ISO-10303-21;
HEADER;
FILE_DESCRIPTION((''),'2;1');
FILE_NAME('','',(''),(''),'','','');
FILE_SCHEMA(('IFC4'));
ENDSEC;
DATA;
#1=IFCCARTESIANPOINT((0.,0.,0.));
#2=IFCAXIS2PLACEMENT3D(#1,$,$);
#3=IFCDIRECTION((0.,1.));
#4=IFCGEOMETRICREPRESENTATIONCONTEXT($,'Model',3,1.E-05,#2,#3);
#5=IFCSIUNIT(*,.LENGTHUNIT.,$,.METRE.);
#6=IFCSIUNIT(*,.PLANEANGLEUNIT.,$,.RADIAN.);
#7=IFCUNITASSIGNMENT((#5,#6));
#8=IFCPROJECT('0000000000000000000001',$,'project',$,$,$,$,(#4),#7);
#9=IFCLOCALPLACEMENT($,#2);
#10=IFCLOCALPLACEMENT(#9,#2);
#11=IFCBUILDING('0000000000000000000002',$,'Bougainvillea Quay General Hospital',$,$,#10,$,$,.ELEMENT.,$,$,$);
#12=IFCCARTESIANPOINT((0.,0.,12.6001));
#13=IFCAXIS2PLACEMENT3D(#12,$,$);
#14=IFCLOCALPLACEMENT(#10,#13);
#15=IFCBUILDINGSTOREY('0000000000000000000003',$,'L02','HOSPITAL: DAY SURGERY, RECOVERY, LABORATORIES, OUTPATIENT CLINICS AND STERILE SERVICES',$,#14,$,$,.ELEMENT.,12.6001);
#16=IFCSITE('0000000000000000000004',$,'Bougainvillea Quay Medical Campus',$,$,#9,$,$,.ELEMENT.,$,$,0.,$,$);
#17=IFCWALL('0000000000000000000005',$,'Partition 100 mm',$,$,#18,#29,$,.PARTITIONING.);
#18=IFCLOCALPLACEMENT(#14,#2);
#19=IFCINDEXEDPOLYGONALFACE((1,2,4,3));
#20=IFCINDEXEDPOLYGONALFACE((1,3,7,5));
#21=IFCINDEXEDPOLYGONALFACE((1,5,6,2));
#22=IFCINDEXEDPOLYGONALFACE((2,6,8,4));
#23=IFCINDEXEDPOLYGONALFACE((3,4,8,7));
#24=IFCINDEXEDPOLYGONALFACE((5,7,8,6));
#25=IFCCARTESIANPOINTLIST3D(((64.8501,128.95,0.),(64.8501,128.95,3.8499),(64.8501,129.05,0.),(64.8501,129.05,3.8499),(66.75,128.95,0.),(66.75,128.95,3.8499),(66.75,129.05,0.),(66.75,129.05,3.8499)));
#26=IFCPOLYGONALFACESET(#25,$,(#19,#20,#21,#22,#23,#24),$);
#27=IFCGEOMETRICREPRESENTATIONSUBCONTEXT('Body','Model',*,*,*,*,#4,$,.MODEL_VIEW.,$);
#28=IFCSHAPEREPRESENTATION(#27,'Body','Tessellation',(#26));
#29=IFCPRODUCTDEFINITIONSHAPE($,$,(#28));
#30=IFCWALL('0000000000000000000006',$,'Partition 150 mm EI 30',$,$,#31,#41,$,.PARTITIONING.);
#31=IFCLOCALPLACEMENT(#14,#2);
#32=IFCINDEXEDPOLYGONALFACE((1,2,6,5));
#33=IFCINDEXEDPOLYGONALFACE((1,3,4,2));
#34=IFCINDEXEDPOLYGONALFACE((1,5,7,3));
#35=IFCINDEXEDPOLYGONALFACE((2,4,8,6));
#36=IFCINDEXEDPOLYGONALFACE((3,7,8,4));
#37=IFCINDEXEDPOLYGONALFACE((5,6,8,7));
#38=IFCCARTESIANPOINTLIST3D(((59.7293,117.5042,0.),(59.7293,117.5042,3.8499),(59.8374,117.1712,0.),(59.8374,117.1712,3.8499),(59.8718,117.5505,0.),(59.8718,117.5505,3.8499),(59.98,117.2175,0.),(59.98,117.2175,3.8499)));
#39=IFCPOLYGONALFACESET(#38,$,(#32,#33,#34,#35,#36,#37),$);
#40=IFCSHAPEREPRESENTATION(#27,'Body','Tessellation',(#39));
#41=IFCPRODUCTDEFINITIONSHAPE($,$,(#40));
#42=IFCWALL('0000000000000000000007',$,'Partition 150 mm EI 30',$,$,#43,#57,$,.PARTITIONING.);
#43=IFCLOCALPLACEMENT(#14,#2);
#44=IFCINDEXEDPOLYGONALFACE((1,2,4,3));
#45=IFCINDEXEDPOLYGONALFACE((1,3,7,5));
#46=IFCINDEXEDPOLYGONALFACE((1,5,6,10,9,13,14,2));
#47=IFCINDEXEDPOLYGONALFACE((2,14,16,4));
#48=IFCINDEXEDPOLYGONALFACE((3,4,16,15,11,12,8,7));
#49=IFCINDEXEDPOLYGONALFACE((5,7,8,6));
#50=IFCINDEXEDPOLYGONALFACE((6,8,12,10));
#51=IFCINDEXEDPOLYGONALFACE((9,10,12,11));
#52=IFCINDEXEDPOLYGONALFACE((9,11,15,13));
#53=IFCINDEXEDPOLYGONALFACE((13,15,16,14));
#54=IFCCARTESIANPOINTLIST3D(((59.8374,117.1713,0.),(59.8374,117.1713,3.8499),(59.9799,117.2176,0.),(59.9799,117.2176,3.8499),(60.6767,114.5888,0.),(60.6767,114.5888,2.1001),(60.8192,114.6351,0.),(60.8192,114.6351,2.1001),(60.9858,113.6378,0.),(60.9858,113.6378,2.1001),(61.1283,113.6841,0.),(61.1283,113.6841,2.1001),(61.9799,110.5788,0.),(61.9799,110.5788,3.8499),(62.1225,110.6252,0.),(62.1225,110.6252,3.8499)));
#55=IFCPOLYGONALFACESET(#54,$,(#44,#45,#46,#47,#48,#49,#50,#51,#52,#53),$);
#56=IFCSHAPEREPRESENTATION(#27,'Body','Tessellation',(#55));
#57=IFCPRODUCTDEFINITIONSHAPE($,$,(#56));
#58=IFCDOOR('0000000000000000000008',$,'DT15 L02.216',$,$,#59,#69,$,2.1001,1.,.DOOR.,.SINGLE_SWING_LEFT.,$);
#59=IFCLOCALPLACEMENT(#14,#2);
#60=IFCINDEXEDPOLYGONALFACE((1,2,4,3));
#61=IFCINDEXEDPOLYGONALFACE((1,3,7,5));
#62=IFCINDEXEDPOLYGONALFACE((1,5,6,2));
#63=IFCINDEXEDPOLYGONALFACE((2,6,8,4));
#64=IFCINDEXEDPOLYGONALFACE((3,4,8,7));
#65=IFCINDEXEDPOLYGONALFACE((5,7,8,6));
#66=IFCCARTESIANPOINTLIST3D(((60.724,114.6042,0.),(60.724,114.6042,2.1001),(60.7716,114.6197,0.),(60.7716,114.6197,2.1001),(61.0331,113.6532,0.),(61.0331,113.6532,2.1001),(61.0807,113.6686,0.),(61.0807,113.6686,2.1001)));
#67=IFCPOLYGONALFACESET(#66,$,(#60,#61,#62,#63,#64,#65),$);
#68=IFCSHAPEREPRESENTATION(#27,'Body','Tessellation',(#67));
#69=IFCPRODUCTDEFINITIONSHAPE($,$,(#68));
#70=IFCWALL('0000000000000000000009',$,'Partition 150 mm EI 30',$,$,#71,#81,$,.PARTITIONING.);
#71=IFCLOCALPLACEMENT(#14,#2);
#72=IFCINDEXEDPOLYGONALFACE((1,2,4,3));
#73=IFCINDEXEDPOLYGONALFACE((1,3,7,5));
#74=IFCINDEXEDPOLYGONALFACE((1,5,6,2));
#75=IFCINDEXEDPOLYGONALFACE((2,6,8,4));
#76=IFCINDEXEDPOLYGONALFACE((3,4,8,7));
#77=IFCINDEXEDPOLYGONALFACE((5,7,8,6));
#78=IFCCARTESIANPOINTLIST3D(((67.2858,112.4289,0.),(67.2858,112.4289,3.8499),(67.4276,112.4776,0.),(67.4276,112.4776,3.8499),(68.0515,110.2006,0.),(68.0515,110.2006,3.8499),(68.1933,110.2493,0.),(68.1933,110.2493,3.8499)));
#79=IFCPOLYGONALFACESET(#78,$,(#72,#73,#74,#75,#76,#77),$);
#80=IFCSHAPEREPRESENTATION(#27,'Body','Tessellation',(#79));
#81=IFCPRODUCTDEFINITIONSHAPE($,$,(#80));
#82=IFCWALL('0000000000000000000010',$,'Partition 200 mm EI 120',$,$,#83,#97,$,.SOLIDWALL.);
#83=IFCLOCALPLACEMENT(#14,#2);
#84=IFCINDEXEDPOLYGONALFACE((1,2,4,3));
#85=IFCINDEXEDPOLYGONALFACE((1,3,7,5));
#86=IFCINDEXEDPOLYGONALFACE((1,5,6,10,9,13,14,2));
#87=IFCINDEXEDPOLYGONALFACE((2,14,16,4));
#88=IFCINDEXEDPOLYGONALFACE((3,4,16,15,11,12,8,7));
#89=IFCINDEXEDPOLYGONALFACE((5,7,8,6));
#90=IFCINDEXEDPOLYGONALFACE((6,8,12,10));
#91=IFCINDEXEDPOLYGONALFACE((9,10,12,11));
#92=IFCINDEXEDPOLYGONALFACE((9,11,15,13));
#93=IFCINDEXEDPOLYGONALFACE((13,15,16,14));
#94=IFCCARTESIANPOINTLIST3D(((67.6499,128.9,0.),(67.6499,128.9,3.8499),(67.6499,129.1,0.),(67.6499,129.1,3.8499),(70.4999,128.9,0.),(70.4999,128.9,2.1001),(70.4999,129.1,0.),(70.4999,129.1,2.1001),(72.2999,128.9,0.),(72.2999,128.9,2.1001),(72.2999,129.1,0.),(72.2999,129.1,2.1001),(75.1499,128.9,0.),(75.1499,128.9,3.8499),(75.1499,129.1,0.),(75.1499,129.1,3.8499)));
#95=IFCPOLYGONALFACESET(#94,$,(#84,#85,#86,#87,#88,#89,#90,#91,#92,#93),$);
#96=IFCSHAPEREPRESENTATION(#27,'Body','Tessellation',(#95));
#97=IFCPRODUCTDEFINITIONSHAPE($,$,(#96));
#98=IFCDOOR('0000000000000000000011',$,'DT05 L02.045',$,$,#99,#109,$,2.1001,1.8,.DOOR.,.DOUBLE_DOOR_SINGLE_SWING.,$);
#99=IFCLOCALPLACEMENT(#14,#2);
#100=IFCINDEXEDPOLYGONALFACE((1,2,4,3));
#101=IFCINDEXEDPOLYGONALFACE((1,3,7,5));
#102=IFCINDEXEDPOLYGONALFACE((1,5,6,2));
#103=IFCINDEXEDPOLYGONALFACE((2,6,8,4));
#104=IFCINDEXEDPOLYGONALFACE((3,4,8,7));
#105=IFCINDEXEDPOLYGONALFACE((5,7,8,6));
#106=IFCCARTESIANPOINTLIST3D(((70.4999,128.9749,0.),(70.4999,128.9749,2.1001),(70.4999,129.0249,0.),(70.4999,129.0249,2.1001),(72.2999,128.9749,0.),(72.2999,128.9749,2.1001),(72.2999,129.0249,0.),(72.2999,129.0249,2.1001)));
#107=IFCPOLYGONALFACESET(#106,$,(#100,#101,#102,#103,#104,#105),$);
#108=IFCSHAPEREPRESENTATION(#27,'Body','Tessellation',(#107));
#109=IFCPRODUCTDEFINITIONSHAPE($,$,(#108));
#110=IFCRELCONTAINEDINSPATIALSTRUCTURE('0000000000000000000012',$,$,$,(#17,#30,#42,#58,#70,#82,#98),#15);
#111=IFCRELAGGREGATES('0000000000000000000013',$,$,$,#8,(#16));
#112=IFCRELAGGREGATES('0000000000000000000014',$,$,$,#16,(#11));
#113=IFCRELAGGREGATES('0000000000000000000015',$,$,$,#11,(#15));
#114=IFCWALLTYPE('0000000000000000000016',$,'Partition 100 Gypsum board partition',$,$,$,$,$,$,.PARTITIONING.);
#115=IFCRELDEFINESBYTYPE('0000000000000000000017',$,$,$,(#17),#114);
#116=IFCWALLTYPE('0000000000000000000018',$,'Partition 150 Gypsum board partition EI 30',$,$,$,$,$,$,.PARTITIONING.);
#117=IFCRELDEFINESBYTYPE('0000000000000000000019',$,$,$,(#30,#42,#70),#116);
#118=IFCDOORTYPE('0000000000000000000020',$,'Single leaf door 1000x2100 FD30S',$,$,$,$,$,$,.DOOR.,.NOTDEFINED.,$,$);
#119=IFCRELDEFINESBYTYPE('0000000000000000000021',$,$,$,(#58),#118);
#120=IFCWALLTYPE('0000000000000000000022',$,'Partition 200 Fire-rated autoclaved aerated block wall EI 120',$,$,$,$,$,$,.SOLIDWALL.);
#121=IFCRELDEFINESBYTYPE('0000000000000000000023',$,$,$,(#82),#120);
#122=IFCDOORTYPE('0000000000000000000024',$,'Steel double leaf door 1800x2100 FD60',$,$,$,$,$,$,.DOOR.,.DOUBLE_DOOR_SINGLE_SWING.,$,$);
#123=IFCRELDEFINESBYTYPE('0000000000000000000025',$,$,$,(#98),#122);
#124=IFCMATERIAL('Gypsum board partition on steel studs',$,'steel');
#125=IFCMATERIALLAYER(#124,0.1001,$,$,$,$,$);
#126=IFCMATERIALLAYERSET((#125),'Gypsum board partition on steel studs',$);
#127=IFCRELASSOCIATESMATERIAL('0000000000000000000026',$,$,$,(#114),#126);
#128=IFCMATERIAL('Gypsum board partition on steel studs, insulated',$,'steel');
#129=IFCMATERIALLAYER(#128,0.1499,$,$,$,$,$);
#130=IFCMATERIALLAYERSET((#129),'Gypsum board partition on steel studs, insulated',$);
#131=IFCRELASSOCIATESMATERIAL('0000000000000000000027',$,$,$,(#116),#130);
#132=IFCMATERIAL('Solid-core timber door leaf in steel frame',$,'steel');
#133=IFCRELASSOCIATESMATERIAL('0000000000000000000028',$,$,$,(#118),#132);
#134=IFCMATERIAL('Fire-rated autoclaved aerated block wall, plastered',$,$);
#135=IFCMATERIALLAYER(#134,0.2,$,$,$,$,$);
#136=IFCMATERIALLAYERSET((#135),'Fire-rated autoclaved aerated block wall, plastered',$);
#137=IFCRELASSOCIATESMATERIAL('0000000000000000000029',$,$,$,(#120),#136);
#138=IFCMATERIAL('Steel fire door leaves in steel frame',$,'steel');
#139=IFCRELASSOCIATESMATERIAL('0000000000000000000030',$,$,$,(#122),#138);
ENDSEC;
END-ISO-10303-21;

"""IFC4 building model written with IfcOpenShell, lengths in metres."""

from ifc_helpers import new_model, si_unit, direction, frame, frame_2d, origin, place, context, subcontext, project, spatial, rectangle, extrude, material, layer, layer_set, type_object, element, fill, save


model = new_model("IFC4")

# Units and contexts
model_context = context("Model", 3, precision=1e-05, world=origin(), true_north=direction((0.0, 1.0)))
body_context = subcontext(model_context, "Body", "Model", "MODEL_VIEW")
ifc_project = project(units=[si_unit("LENGTHUNIT", "METRE"), si_unit("PLANEANGLEUNIT", "RADIAN")], contexts=[model_context])

# Site, building, storey
site_placement = place(None, origin())
site = spatial("IfcSite", under=ifc_project, at=site_placement, Name="Bougainvillea Quay Medical Campus", CompositionType="ELEMENT", RefElevation=0.0)
building_placement = place(site_placement, origin())
building = spatial("IfcBuilding", under=site, at=building_placement, Name="Bougainvillea Quay General Hospital", CompositionType="ELEMENT")
storey_placement = place(building_placement, frame((0.0, 0.0, 12.6001)))
storey = spatial("IfcBuildingStorey", under=building, at=storey_placement, Name="L02", Description="HOSPITAL: DAY SURGERY, RECOVERY, LABORATORIES, OUTPATIENT CLINICS AND STERILE SERVICES", CompositionType="ELEMENT", Elevation=12.6001)

# Shared definitions
ifc_material_1 = material(Name="Gypsum board partition on steel studs", Category="steel")
ifc_layer_1 = layer(ifc_material_1, 0.1001)
ifc_layer_set_1 = layer_set([ifc_layer_1], Name="Gypsum board partition on steel studs")
wall_type_1 = type_object("IfcWallType", Name="Partition 100 Gypsum board partition", PredefinedType="PARTITIONING", material=ifc_layer_set_1)

# Shared definitions
ifc_material_2 = material(Name="Solid-core timber door leaf in steel frame", Category="steel")

# Walls
wall_1_placement = place(storey_placement, frame((64.8501, 129.0, 0.0), z_axis=(0.0, 0.0, 1.0), x_axis=(1.0, 0.0, 0.0)))
element("IfcWall", 1, at=wall_1_placement, inside=storey, type_object=wall_type_1, Name="Partition 100 mm", PredefinedType="PARTITIONING", context=body_context, shape_type="SweptSolid", body=[
    extrude(rectangle(XDim=1.8999, YDim=0.1001, at=frame_2d((0.95, 0.0))), origin(), (0.0, 0.0, 1.0), 3.8499),
])
ifc_material_3 = material(Name="Gypsum board partition on steel studs, insulated", Category="steel")
ifc_layer_2 = layer(ifc_material_3, 0.1499)
ifc_layer_set_2 = layer_set([ifc_layer_2], Name="Gypsum board partition on steel studs, insulated")
wall_type_2 = type_object("IfcWallType", Name="Partition 150 Gypsum board partition EI 30", PredefinedType="PARTITIONING", material=ifc_layer_set_2)
wall_2_placement = place(storey_placement, frame((59.8005, 117.5273, 0.0), z_axis=(0.0, 0.0, 1.0), x_axis=(0.308897, -0.951096, 0.0)))
element("IfcWall", 2, at=wall_2_placement, inside=storey, type_object=wall_type_2, Name="Partition 150 mm EI 30", PredefinedType="PARTITIONING", context=body_context, shape_type="SweptSolid", body=[
    extrude(rectangle(XDim=0.3501, YDim=0.1499, at=frame_2d((0.175, 0.0))), origin(), (0.0, 0.0, 1.0), 3.8499),
])

# Wall, opening, door
wall_3_placement = place(storey_placement, frame((59.9087, 117.1943, 0.0), z_axis=(0.0, 0.0, 1.0), x_axis=(0.309087, -0.951034, 0.0)))
wall_3 = element("IfcWall", 3, at=wall_3_placement, inside=storey, type_object=wall_type_2, Name="Partition 150 mm EI 30", PredefinedType="PARTITIONING", context=body_context, shape_type="SweptSolid", body=[
    extrude(rectangle(XDim=6.9319, YDim=0.1499, at=frame_2d((3.4658, 0.0))), origin(), (0.0, 0.0, 1.0), 3.8499),
])
opening_1_placement = place(wall_3_placement, frame((2.7153, 0.0, 0.0)))
opening_1 = element("IfcOpeningElement", 4, at=opening_1_placement, cuts=wall_3, PredefinedType="OPENING", context=body_context, shape_type="SweptSolid", body=[
    extrude(rectangle(XDim=1.0, YDim=2.1001, at=frame_2d((0.5, 1.05))), frame((0.0, 0.085, 0.0), z_axis=(0.0, -1.0, 0.0), x_axis=(1.0, 0.0, 0.0)), (0.0, 0.0, 1.0), 0.1699),
])
door_type_1 = type_object("IfcDoorType", Name="Single leaf door 1000x2100 FD30S", OperationType="NOTDEFINED", PredefinedType="DOOR", material=ifc_material_2)
door_1_placement = place(opening_1_placement, origin())
door_1 = element("IfcDoor", 5, at=door_1_placement, inside=storey, type_object=door_type_1, Name="DT15 L02.216", OperationType="SINGLE_SWING_LEFT", OverallHeight=2.1001, OverallWidth=1.0, PredefinedType="DOOR", context=body_context, shape_type="SweptSolid", body=[
    extrude(rectangle(XDim=1.0, YDim=2.1001, at=frame_2d((0.5, 1.05))), frame((0.0, 0.0249, 0.0), z_axis=(0.0, -1.0, 0.0), x_axis=(1.0, 0.0, 0.0)), (0.0, 0.0, 1.0), 0.05),
])
fill(opening_1, door_1)

# Wall
wall_4_placement = place(storey_placement, frame((67.3567, 112.4534, 0.0), z_axis=(0.0, 0.0, 1.0), x_axis=(0.324949, -0.945731, 0.0)))
element("IfcWall", 6, at=wall_4_placement, inside=storey, type_object=wall_type_2, Name="Partition 150 mm EI 30", PredefinedType="PARTITIONING", context=body_context, shape_type="SweptSolid", body=[
    extrude(rectangle(XDim=2.3562, YDim=0.1499, at=frame_2d((1.1782, 0.0))), origin(), (0.0, 0.0, 1.0), 3.8499),
])

# Wall, opening, door
ifc_material_4 = material(Name="Fire-rated autoclaved aerated block wall, plastered")
ifc_layer_3 = layer(ifc_material_4, 0.2)
ifc_layer_set_3 = layer_set([ifc_layer_3], Name="Fire-rated autoclaved aerated block wall, plastered")
wall_type_3 = type_object("IfcWallType", Name="Partition 200 Fire-rated autoclaved aerated block wall EI 120", PredefinedType="SOLIDWALL", material=ifc_layer_set_3)
wall_5_placement = place(storey_placement, frame((67.6499, 129.0, 0.0), z_axis=(0.0, 0.0, 1.0), x_axis=(1.0, 0.0, 0.0)))
wall_5 = element("IfcWall", 7, at=wall_5_placement, inside=storey, type_object=wall_type_3, Name="Partition 200 mm EI 120", PredefinedType="SOLIDWALL", context=body_context, shape_type="SweptSolid", body=[
    extrude(rectangle(XDim=7.5, YDim=0.2, at=frame_2d((3.75, 0.0))), origin(), (0.0, 0.0, 1.0), 3.8499),
])
opening_2_placement = place(wall_5_placement, frame((2.8501, 0.0, 0.0)))
opening_2 = element("IfcOpeningElement", 8, at=opening_2_placement, cuts=wall_5, PredefinedType="OPENING", context=body_context, shape_type="SweptSolid", body=[
    extrude(rectangle(XDim=1.8, YDim=2.1001, at=frame_2d((0.8999, 1.05))), frame((0.0, 0.1099, 0.0), z_axis=(0.0, -1.0, 0.0), x_axis=(1.0, 0.0, 0.0)), (0.0, 0.0, 1.0), 0.22),
])
ifc_material_5 = material(Name="Steel fire door leaves in steel frame", Category="steel")
door_type_2 = type_object("IfcDoorType", Name="Steel double leaf door 1800x2100 FD60", OperationType="DOUBLE_DOOR_SINGLE_SWING", PredefinedType="DOOR", material=ifc_material_5)
door_2_placement = place(opening_2_placement, origin())
door_2 = element("IfcDoor", 9, at=door_2_placement, inside=storey, type_object=door_type_2, Name="DT05 L02.045", OperationType="DOUBLE_DOOR_SINGLE_SWING", OverallHeight=2.1001, OverallWidth=1.8, PredefinedType="DOOR", context=body_context, shape_type="SweptSolid", body=[
    extrude(rectangle(XDim=1.8, YDim=2.1001, at=frame_2d((0.8999, 1.05))), frame((0.0, 0.0249, 0.0), z_axis=(0.0, -1.0, 0.0), x_axis=(1.0, 0.0, 0.0)), (0.0, 0.0, 1.0), 0.05),
])
fill(opening_2, door_2)

save(model, "model.ifc")
